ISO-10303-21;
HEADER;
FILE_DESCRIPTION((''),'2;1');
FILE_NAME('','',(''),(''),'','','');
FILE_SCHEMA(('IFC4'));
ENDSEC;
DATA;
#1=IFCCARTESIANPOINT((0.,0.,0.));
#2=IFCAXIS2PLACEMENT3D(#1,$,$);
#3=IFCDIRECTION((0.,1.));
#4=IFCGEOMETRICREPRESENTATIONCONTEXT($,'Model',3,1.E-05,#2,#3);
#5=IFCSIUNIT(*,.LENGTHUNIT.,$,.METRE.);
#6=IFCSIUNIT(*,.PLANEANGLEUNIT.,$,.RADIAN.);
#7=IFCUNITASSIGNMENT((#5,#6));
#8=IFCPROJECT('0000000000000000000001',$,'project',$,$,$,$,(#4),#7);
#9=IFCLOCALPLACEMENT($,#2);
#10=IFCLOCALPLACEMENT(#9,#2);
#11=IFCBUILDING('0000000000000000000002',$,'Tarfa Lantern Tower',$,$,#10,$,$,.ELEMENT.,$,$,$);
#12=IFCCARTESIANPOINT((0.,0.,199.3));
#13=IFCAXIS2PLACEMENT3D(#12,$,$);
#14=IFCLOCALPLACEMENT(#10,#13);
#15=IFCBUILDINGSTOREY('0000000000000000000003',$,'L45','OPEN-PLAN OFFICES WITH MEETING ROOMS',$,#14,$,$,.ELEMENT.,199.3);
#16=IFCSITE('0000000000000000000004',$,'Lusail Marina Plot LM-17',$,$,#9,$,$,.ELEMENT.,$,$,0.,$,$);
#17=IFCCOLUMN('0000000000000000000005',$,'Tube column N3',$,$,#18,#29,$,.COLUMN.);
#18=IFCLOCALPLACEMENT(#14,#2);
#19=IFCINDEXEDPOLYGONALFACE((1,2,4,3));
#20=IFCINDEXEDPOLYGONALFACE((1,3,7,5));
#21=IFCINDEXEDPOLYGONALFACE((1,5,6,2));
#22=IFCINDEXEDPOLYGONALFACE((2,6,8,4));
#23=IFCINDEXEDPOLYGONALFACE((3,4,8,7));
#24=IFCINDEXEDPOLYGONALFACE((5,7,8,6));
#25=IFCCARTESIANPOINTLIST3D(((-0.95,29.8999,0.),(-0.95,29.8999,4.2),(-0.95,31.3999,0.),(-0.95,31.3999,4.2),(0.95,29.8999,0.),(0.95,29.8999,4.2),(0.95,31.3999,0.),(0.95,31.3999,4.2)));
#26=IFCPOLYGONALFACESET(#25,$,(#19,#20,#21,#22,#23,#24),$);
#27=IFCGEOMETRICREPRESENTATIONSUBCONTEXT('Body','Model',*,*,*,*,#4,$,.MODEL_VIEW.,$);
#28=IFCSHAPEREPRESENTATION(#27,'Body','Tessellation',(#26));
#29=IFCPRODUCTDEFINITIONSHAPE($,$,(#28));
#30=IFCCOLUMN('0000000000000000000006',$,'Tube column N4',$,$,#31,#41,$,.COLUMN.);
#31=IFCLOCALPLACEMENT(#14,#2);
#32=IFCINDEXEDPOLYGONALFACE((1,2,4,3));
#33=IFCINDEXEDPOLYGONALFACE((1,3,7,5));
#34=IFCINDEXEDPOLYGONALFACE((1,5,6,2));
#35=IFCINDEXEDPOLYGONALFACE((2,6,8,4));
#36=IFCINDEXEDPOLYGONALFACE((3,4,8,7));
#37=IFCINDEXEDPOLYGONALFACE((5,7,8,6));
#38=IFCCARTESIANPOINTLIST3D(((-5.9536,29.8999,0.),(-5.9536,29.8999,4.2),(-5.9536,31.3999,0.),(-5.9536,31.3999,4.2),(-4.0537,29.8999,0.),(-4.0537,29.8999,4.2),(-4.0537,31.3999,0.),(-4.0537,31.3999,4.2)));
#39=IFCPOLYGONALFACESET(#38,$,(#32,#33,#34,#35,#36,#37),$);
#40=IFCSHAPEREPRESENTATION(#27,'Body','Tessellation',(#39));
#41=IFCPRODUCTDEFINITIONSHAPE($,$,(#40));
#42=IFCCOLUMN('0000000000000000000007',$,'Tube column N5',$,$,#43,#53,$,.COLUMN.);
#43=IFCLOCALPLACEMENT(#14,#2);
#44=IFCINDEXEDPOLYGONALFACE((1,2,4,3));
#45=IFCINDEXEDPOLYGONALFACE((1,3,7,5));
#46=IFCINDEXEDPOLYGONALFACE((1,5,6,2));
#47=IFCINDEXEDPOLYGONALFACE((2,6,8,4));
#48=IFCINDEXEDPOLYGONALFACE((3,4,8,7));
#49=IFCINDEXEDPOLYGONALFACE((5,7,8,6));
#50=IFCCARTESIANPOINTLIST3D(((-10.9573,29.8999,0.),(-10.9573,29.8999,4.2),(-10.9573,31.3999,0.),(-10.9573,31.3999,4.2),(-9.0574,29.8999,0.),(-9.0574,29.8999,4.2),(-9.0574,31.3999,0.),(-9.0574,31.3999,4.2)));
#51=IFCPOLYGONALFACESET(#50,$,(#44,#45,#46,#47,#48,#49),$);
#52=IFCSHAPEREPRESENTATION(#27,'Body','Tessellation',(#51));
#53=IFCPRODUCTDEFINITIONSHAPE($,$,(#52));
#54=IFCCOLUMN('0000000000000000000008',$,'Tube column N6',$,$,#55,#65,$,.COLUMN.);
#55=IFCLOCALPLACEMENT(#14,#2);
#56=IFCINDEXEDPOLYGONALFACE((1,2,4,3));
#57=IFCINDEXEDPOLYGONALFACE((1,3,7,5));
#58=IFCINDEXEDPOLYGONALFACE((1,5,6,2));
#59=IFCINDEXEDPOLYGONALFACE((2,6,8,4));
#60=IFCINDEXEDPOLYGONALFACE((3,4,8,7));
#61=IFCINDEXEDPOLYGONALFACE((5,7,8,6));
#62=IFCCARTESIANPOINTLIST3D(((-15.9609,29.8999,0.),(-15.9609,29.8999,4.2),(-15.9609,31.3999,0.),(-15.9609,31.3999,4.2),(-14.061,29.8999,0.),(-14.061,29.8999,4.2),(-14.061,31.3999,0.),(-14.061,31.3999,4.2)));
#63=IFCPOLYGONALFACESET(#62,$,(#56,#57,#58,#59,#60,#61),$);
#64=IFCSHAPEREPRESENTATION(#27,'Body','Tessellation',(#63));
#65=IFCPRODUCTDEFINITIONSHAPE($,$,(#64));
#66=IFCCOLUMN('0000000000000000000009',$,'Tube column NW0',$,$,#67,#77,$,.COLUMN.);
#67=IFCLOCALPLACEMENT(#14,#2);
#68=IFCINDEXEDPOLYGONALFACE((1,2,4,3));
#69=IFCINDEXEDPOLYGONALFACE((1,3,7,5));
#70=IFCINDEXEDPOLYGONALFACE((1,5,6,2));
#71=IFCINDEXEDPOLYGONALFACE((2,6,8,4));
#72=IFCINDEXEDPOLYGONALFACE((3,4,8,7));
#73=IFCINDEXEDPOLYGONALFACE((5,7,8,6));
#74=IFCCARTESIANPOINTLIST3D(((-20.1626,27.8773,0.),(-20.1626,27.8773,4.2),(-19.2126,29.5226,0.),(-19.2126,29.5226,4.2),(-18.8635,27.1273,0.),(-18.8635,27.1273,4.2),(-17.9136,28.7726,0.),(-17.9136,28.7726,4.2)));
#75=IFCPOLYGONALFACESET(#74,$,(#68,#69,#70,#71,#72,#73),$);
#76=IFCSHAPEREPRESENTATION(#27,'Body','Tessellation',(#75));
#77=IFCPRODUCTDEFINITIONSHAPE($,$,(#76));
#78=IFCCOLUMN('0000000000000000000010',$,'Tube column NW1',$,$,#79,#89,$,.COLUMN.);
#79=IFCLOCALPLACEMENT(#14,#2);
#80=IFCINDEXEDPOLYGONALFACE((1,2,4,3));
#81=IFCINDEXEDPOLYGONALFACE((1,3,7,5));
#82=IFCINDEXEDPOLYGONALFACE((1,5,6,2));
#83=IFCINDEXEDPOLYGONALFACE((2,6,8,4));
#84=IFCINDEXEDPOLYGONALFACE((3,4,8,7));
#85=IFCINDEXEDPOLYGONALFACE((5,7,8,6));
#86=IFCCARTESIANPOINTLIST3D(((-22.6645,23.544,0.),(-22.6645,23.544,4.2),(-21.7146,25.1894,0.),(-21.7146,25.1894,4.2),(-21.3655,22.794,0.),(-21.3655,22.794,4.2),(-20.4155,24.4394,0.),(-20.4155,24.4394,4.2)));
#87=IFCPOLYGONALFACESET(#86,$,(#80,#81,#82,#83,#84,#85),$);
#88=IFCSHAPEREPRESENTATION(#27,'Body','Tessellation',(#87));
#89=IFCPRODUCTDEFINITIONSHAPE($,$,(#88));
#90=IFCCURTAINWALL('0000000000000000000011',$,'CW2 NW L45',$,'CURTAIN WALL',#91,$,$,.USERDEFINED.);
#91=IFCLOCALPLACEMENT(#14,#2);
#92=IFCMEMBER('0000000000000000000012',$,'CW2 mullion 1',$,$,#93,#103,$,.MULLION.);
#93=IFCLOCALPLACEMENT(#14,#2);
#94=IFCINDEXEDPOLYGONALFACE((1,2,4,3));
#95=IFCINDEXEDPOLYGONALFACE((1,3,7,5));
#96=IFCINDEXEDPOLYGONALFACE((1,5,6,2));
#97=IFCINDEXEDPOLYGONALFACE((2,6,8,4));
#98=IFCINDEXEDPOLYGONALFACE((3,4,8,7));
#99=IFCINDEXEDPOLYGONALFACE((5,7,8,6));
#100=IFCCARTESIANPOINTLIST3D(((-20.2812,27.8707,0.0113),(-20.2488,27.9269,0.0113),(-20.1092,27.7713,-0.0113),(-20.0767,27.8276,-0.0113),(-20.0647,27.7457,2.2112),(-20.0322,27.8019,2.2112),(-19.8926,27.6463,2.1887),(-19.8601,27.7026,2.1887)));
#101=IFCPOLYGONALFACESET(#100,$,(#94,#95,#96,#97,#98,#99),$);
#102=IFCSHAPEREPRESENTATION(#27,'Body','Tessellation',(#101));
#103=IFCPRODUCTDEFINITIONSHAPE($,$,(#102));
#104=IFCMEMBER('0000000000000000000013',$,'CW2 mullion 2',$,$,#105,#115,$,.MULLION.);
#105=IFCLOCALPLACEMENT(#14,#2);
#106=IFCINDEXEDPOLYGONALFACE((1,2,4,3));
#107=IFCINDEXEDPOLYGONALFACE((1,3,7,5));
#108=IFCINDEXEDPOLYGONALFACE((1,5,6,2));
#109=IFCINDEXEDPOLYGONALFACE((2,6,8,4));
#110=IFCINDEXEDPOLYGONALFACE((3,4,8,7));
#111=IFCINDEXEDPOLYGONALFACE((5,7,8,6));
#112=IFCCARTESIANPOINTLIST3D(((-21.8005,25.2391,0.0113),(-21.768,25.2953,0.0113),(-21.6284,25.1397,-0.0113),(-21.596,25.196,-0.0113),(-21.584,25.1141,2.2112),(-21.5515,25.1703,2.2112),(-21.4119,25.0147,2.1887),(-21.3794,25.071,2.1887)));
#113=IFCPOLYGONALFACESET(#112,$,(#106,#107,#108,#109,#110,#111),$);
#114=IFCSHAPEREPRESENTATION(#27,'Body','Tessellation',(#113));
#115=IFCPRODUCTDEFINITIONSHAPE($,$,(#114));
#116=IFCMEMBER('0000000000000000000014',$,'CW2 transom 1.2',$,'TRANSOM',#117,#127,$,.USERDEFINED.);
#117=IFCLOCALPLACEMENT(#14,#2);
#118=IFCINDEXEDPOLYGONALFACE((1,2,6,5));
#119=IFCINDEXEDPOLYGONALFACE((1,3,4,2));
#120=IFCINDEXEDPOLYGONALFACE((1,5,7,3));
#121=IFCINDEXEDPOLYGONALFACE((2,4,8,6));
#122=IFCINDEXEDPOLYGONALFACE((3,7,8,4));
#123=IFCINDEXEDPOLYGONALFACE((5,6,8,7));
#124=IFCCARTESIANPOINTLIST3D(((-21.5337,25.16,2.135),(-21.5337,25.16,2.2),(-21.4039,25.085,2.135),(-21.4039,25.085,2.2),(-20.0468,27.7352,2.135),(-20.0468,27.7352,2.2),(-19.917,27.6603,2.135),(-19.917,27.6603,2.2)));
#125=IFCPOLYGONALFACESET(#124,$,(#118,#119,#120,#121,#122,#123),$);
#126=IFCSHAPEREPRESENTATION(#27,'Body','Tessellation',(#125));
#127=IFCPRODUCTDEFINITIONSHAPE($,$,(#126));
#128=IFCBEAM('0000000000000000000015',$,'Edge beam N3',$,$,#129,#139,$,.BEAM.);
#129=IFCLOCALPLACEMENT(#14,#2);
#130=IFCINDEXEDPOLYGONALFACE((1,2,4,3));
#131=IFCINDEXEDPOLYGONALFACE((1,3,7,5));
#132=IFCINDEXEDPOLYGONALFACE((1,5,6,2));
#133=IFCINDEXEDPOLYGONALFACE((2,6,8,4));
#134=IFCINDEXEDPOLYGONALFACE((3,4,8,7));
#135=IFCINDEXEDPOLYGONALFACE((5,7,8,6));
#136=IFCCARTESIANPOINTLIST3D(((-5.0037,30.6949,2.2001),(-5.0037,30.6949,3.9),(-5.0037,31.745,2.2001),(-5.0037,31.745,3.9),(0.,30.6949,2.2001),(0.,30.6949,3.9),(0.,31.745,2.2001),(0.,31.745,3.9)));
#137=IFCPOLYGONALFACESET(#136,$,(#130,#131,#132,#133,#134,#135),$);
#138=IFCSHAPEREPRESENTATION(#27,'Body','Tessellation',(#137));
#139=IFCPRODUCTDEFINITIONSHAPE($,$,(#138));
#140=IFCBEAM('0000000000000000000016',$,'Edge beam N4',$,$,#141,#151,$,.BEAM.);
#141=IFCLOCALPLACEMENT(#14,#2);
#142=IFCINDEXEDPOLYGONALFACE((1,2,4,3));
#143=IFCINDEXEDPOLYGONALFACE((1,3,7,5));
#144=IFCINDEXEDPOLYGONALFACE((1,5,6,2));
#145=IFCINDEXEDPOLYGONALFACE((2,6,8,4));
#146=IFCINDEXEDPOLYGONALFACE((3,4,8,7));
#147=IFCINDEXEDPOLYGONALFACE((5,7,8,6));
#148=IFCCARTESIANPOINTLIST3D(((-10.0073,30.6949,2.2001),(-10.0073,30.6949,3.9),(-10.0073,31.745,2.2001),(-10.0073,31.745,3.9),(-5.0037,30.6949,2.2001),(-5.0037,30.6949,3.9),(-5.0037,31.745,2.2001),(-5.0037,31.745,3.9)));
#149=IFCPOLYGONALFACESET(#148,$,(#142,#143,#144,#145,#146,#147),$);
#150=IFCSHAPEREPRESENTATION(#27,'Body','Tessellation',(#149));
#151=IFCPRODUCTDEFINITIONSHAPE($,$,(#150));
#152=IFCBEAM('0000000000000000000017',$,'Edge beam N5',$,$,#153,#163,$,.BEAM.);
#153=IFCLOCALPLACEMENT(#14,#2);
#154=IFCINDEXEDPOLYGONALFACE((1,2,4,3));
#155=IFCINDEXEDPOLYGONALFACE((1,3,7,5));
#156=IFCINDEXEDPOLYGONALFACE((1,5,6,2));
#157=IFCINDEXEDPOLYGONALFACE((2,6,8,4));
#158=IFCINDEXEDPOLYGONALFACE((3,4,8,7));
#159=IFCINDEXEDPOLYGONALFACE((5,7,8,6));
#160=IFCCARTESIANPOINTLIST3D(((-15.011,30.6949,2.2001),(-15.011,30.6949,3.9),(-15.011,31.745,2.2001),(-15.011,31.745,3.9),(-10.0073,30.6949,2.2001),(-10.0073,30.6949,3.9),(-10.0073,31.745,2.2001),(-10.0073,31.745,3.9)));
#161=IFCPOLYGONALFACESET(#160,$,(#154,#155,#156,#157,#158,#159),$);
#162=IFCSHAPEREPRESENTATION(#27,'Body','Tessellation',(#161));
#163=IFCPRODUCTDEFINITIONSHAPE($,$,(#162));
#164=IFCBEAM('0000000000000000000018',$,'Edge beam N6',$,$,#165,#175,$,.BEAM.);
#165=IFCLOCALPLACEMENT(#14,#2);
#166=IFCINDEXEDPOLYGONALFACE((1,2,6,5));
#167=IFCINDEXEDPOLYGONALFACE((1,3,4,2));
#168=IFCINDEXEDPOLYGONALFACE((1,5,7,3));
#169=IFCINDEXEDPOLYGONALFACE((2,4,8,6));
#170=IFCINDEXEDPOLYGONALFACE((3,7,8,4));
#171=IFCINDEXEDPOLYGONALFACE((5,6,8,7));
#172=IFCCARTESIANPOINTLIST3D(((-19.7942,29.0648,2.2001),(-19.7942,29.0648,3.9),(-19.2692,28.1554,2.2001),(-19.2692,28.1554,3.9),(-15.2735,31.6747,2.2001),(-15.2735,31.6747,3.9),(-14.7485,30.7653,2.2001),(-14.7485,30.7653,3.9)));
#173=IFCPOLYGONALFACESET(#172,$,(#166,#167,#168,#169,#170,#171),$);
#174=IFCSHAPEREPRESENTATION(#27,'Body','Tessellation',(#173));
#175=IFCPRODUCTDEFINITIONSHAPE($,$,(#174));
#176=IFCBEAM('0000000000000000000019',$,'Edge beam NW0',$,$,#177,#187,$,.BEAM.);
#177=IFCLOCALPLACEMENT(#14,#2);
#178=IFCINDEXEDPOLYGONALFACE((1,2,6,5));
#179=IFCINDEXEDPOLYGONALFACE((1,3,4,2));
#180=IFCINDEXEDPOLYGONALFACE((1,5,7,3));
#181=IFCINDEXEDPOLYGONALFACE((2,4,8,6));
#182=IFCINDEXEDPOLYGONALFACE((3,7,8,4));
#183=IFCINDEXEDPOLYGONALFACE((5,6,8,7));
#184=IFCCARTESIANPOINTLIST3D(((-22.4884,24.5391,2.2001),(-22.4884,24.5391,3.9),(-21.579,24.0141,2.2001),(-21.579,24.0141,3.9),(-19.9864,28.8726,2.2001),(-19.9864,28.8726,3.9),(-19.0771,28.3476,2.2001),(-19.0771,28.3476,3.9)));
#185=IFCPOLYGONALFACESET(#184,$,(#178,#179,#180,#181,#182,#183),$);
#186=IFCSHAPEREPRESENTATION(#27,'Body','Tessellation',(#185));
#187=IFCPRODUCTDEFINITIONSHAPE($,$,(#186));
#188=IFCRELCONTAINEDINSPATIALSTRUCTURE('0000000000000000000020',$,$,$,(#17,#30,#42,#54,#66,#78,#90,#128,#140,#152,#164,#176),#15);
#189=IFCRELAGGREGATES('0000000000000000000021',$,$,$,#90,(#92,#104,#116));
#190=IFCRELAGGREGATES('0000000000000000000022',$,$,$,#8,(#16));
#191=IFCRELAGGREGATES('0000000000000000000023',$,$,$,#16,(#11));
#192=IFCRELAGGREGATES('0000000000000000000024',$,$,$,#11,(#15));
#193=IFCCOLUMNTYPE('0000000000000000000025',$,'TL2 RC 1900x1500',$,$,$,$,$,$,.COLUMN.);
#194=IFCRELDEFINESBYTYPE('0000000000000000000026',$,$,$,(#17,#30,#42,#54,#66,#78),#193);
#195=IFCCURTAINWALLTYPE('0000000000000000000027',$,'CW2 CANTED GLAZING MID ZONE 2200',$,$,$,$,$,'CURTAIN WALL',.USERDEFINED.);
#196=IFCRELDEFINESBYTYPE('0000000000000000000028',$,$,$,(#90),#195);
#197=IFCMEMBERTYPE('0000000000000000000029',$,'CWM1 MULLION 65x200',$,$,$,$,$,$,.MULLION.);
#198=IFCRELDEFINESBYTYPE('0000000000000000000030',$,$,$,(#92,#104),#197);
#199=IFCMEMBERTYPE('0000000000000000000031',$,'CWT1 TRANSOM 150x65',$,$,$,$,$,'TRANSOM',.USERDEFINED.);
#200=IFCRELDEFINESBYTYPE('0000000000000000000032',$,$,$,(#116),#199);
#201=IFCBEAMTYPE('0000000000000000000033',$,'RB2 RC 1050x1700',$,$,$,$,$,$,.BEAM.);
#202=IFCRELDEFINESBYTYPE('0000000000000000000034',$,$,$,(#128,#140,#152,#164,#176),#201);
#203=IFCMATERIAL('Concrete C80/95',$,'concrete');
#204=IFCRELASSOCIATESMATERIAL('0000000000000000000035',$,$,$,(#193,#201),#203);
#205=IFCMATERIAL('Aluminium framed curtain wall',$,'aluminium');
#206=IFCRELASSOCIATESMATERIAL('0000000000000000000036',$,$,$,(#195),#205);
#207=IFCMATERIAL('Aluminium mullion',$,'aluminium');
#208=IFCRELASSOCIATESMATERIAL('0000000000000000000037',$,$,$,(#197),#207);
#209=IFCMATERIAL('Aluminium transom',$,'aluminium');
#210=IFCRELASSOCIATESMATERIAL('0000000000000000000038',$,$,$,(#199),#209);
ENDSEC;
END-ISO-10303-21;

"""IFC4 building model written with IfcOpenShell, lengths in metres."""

from ifc_helpers import new_model, si_unit, direction, frame, origin, origin_2d, place, context, subcontext, project, spatial, rectangle, extrude, material, material_profile, profile_set, type_object, element, aggregate, save


model = new_model("IFC4")

# Units and contexts
model_context = context("Model", 3, precision=1e-05, world=origin(), true_north=direction((0.0, 1.0)))
body_context = subcontext(model_context, "Body", "Model", "MODEL_VIEW")
ifc_project = project(units=[si_unit("LENGTHUNIT", "METRE"), si_unit("PLANEANGLEUNIT", "RADIAN")], contexts=[model_context])

# Site, building, storey
site_placement = place(None, origin())
site = spatial("IfcSite", under=ifc_project, at=site_placement, Name="Lusail Marina Plot LM-17", CompositionType="ELEMENT", RefElevation=0.0)
building_placement = place(site_placement, origin())
building = spatial("IfcBuilding", under=site, at=building_placement, Name="Tarfa Lantern Tower", CompositionType="ELEMENT")
storey_placement = place(building_placement, frame((0.0, 0.0, 199.3)))
storey = spatial("IfcBuildingStorey", under=building, at=storey_placement, Name="L45", Description="OPEN-PLAN OFFICES WITH MEETING ROOMS", CompositionType="ELEMENT", Elevation=199.3)

# Columns
ifc_material_1 = material(Name="Concrete C80/95", Category="concrete")
ifc_material_profile_1 = material_profile(ifc_material_1, rectangle(XDim=1.8999, YDim=1.5, at=origin_2d()), Name="RC 1900x1500")
ifc_profile_set_1 = profile_set([ifc_material_profile_1], Name="Concrete C80/95")
column_type = type_object("IfcColumnType", Name="TL2 RC 1900x1500", PredefinedType="COLUMN", material=ifc_profile_set_1)
for number, where, z_axis, x_axis, name in (
    (1, (0.0, 30.6499, 0.0), (0.0, 0.0, 1.0), (-1.0, 0.0, 0.0), "Tube column N3"),
    (2, (-5.0037, 30.6499, 0.0), (0.0, 0.0, 1.0), (-1.0, 0.0, 0.0), "Tube column N4"),
    (3, (-10.0073, 30.6499, 0.0), (0.0, 0.0, 1.0), (-1.0, 0.0, 0.0), "Tube column N5"),
    (4, (-15.011, 30.6499, 0.0), (0.0, 0.0, 1.0), (-1.0, 0.0, 0.0), "Tube column N6"),
    (5, (-19.0381, 28.325, 0.0), (0.0, 0.0, 1.0), (-0.5, -0.866025, 0.0), "Tube column NW0"),
    (6, (-21.54, 23.9917, 0.0), (0.0, 0.0, 1.0), (-0.5, -0.866025, 0.0), "Tube column NW1"),
):
    element("IfcColumn", number, at=place(storey_placement, frame(where, z_axis=z_axis, x_axis=x_axis)), inside=storey, type_object=column_type, Name=name, PredefinedType="COLUMN", context=body_context, shape_type="SweptSolid", body=[
        extrude(rectangle(XDim=1.8999, YDim=1.5, at=origin_2d()), origin(), (0.0, 0.0, 1.0), 4.2),
    ])

# Curtain wall, members
ifc_material_2 = material(Name="Aluminium framed curtain wall", Category="aluminium")
curtain_wall_type = type_object("IfcCurtainWallType", Name="CW2 CANTED GLAZING MID ZONE 2200", ElementType="CURTAIN WALL", PredefinedType="USERDEFINED", material=ifc_material_2)
curtain_wall_placement = place(storey_placement, origin())
curtain_wall = element("IfcCurtainWall", 7, at=curtain_wall_placement, inside=storey, type_object=curtain_wall_type, Name="CW2 NW L45", ObjectType="CURTAIN WALL", PredefinedType="USERDEFINED")
ifc_material_3 = material(Name="Aluminium mullion", Category="aluminium")
ifc_material_profile_2 = material_profile(ifc_material_3, rectangle(XDim=0.0649, YDim=0.2, at=origin_2d()), Name="AL MULLION 65x200")
ifc_profile_set_2 = profile_set([ifc_material_profile_2], Name="Aluminium mullion")
member_type_1 = type_object("IfcMemberType", Name="CWM1 MULLION 65x200", PredefinedType="MULLION", material=ifc_profile_set_2)
member_1_placement = place(storey_placement, frame((-20.179, 27.8491, 0.0), z_axis=(0.097806, -0.056456, 0.993603), x_axis=(0.49992, 0.866072, 0.0)))
member_1 = element("IfcMember", 8, at=member_1_placement, type_object=member_type_1, Name="CW2 mullion 1", PredefinedType="MULLION", context=body_context, shape_type="SweptSolid", body=[
    extrude(rectangle(XDim=0.0649, YDim=0.2, at=origin_2d()), origin(), (0.0, 0.0, 1.0), 2.2141),
])
member_2_placement = place(storey_placement, frame((-21.6982, 25.2175, 0.0), z_axis=(0.097806, -0.056456, 0.993603), x_axis=(0.49992, 0.866072, 0.0)))
member_2 = element("IfcMember", 9, at=member_2_placement, type_object=member_type_1, Name="CW2 mullion 2", PredefinedType="MULLION", context=body_context, shape_type="SweptSolid", body=[
    extrude(rectangle(XDim=0.0649, YDim=0.2, at=origin_2d()), origin(), (0.0, 0.0, 1.0), 2.2141),
])
ifc_material_4 = material(Name="Aluminium transom", Category="aluminium")
ifc_material_profile_3 = material_profile(ifc_material_4, rectangle(XDim=0.1499, YDim=0.0649, at=origin_2d()), Name="AL TRANSOM 150x65")
ifc_profile_set_3 = profile_set([ifc_material_profile_3], Name="Aluminium transom")
member_type_2 = type_object("IfcMemberType", Name="CWT1 TRANSOM 150x65", ElementType="TRANSOM", PredefinedType="USERDEFINED", material=ifc_profile_set_3)
member_3_placement = place(storey_placement, frame((-19.9819, 27.6978, 2.1675), z_axis=(-0.500007, -0.866022, 0.0), x_axis=(0.866022, -0.500007, 0.0)))
member_3 = element("IfcMember", 10, at=member_3_placement, type_object=member_type_2, Name="CW2 transom 1.2", ObjectType="TRANSOM", PredefinedType="USERDEFINED", context=body_context, shape_type="SweptSolid", body=[
    extrude(rectangle(XDim=0.1499, YDim=0.0649, at=origin_2d()), origin(), (0.0, 0.0, 1.0), 2.9736),
])

# Beams
ifc_material_profile_4 = material_profile(ifc_material_1, rectangle(XDim=1.05, YDim=1.7, at=origin_2d()), Name="RC 1050x1700")
ifc_profile_set_4 = profile_set([ifc_material_profile_4], Name="Concrete C80/95")
beam_type_1 = type_object("IfcBeamType", Name="RB2 RC 1050x1700", PredefinedType="BEAM", material=ifc_profile_set_4)
for number, where, z_axis, x_axis, name in (
    (11, (0.0, 31.22, 3.05), (-1.0, 0.0, 0.0), (0.0, -1.0, 0.0), "Edge beam N3"),
    (12, (-5.0037, 31.22, 3.05), (-1.0, 0.0, 0.0), (0.0, -1.0, 0.0), "Edge beam N4"),
    (13, (-10.0073, 31.22, 3.05), (-1.0, 0.0, 0.0), (0.0, -1.0, 0.0), "Edge beam N5"),
):
    element("IfcBeam", number, at=place(storey_placement, frame(where, z_axis=z_axis, x_axis=x_axis)), inside=storey, type_object=beam_type_1, Name=name, PredefinedType="BEAM", context=body_context, shape_type="SweptSolid", body=[
        extrude(rectangle(XDim=1.05, YDim=1.7, at=origin_2d()), origin(), (0.0, 0.0, 1.0), 5.0037),
    ])
beam_1_placement = place(storey_placement, frame((-15.011, 31.22, 3.05), z_axis=(-0.866042, -0.499972, 0.0), x_axis=(0.499972, -0.866042, 0.0)))
element("IfcBeam", 14, at=beam_1_placement, inside=storey, type_object=beam_type_1, Name="Edge beam N6", PredefinedType="BEAM", context=body_context, shape_type="SweptSolid", body=[
    extrude(rectangle(XDim=1.05, YDim=1.7, at=origin_2d()), origin(), (0.0, 0.0, 1.0), 5.22),
])
beam_2_placement = place(storey_placement, frame((-19.5317, 28.6101, 3.05), z_axis=(-0.500001, -0.866025, 0.0), x_axis=(0.866025, -0.500001, 0.0)))
element("IfcBeam", 15, at=beam_2_placement, inside=storey, type_object=beam_type_1, Name="Edge beam NW0", PredefinedType="BEAM", context=body_context, shape_type="SweptSolid", body=[
    extrude(rectangle(XDim=1.05, YDim=1.7, at=origin_2d()), origin(), (0.0, 0.0, 1.0), 5.0039),
])

aggregate(curtain_wall, [member_1, member_2, member_3])

save(model, "model.ifc")
